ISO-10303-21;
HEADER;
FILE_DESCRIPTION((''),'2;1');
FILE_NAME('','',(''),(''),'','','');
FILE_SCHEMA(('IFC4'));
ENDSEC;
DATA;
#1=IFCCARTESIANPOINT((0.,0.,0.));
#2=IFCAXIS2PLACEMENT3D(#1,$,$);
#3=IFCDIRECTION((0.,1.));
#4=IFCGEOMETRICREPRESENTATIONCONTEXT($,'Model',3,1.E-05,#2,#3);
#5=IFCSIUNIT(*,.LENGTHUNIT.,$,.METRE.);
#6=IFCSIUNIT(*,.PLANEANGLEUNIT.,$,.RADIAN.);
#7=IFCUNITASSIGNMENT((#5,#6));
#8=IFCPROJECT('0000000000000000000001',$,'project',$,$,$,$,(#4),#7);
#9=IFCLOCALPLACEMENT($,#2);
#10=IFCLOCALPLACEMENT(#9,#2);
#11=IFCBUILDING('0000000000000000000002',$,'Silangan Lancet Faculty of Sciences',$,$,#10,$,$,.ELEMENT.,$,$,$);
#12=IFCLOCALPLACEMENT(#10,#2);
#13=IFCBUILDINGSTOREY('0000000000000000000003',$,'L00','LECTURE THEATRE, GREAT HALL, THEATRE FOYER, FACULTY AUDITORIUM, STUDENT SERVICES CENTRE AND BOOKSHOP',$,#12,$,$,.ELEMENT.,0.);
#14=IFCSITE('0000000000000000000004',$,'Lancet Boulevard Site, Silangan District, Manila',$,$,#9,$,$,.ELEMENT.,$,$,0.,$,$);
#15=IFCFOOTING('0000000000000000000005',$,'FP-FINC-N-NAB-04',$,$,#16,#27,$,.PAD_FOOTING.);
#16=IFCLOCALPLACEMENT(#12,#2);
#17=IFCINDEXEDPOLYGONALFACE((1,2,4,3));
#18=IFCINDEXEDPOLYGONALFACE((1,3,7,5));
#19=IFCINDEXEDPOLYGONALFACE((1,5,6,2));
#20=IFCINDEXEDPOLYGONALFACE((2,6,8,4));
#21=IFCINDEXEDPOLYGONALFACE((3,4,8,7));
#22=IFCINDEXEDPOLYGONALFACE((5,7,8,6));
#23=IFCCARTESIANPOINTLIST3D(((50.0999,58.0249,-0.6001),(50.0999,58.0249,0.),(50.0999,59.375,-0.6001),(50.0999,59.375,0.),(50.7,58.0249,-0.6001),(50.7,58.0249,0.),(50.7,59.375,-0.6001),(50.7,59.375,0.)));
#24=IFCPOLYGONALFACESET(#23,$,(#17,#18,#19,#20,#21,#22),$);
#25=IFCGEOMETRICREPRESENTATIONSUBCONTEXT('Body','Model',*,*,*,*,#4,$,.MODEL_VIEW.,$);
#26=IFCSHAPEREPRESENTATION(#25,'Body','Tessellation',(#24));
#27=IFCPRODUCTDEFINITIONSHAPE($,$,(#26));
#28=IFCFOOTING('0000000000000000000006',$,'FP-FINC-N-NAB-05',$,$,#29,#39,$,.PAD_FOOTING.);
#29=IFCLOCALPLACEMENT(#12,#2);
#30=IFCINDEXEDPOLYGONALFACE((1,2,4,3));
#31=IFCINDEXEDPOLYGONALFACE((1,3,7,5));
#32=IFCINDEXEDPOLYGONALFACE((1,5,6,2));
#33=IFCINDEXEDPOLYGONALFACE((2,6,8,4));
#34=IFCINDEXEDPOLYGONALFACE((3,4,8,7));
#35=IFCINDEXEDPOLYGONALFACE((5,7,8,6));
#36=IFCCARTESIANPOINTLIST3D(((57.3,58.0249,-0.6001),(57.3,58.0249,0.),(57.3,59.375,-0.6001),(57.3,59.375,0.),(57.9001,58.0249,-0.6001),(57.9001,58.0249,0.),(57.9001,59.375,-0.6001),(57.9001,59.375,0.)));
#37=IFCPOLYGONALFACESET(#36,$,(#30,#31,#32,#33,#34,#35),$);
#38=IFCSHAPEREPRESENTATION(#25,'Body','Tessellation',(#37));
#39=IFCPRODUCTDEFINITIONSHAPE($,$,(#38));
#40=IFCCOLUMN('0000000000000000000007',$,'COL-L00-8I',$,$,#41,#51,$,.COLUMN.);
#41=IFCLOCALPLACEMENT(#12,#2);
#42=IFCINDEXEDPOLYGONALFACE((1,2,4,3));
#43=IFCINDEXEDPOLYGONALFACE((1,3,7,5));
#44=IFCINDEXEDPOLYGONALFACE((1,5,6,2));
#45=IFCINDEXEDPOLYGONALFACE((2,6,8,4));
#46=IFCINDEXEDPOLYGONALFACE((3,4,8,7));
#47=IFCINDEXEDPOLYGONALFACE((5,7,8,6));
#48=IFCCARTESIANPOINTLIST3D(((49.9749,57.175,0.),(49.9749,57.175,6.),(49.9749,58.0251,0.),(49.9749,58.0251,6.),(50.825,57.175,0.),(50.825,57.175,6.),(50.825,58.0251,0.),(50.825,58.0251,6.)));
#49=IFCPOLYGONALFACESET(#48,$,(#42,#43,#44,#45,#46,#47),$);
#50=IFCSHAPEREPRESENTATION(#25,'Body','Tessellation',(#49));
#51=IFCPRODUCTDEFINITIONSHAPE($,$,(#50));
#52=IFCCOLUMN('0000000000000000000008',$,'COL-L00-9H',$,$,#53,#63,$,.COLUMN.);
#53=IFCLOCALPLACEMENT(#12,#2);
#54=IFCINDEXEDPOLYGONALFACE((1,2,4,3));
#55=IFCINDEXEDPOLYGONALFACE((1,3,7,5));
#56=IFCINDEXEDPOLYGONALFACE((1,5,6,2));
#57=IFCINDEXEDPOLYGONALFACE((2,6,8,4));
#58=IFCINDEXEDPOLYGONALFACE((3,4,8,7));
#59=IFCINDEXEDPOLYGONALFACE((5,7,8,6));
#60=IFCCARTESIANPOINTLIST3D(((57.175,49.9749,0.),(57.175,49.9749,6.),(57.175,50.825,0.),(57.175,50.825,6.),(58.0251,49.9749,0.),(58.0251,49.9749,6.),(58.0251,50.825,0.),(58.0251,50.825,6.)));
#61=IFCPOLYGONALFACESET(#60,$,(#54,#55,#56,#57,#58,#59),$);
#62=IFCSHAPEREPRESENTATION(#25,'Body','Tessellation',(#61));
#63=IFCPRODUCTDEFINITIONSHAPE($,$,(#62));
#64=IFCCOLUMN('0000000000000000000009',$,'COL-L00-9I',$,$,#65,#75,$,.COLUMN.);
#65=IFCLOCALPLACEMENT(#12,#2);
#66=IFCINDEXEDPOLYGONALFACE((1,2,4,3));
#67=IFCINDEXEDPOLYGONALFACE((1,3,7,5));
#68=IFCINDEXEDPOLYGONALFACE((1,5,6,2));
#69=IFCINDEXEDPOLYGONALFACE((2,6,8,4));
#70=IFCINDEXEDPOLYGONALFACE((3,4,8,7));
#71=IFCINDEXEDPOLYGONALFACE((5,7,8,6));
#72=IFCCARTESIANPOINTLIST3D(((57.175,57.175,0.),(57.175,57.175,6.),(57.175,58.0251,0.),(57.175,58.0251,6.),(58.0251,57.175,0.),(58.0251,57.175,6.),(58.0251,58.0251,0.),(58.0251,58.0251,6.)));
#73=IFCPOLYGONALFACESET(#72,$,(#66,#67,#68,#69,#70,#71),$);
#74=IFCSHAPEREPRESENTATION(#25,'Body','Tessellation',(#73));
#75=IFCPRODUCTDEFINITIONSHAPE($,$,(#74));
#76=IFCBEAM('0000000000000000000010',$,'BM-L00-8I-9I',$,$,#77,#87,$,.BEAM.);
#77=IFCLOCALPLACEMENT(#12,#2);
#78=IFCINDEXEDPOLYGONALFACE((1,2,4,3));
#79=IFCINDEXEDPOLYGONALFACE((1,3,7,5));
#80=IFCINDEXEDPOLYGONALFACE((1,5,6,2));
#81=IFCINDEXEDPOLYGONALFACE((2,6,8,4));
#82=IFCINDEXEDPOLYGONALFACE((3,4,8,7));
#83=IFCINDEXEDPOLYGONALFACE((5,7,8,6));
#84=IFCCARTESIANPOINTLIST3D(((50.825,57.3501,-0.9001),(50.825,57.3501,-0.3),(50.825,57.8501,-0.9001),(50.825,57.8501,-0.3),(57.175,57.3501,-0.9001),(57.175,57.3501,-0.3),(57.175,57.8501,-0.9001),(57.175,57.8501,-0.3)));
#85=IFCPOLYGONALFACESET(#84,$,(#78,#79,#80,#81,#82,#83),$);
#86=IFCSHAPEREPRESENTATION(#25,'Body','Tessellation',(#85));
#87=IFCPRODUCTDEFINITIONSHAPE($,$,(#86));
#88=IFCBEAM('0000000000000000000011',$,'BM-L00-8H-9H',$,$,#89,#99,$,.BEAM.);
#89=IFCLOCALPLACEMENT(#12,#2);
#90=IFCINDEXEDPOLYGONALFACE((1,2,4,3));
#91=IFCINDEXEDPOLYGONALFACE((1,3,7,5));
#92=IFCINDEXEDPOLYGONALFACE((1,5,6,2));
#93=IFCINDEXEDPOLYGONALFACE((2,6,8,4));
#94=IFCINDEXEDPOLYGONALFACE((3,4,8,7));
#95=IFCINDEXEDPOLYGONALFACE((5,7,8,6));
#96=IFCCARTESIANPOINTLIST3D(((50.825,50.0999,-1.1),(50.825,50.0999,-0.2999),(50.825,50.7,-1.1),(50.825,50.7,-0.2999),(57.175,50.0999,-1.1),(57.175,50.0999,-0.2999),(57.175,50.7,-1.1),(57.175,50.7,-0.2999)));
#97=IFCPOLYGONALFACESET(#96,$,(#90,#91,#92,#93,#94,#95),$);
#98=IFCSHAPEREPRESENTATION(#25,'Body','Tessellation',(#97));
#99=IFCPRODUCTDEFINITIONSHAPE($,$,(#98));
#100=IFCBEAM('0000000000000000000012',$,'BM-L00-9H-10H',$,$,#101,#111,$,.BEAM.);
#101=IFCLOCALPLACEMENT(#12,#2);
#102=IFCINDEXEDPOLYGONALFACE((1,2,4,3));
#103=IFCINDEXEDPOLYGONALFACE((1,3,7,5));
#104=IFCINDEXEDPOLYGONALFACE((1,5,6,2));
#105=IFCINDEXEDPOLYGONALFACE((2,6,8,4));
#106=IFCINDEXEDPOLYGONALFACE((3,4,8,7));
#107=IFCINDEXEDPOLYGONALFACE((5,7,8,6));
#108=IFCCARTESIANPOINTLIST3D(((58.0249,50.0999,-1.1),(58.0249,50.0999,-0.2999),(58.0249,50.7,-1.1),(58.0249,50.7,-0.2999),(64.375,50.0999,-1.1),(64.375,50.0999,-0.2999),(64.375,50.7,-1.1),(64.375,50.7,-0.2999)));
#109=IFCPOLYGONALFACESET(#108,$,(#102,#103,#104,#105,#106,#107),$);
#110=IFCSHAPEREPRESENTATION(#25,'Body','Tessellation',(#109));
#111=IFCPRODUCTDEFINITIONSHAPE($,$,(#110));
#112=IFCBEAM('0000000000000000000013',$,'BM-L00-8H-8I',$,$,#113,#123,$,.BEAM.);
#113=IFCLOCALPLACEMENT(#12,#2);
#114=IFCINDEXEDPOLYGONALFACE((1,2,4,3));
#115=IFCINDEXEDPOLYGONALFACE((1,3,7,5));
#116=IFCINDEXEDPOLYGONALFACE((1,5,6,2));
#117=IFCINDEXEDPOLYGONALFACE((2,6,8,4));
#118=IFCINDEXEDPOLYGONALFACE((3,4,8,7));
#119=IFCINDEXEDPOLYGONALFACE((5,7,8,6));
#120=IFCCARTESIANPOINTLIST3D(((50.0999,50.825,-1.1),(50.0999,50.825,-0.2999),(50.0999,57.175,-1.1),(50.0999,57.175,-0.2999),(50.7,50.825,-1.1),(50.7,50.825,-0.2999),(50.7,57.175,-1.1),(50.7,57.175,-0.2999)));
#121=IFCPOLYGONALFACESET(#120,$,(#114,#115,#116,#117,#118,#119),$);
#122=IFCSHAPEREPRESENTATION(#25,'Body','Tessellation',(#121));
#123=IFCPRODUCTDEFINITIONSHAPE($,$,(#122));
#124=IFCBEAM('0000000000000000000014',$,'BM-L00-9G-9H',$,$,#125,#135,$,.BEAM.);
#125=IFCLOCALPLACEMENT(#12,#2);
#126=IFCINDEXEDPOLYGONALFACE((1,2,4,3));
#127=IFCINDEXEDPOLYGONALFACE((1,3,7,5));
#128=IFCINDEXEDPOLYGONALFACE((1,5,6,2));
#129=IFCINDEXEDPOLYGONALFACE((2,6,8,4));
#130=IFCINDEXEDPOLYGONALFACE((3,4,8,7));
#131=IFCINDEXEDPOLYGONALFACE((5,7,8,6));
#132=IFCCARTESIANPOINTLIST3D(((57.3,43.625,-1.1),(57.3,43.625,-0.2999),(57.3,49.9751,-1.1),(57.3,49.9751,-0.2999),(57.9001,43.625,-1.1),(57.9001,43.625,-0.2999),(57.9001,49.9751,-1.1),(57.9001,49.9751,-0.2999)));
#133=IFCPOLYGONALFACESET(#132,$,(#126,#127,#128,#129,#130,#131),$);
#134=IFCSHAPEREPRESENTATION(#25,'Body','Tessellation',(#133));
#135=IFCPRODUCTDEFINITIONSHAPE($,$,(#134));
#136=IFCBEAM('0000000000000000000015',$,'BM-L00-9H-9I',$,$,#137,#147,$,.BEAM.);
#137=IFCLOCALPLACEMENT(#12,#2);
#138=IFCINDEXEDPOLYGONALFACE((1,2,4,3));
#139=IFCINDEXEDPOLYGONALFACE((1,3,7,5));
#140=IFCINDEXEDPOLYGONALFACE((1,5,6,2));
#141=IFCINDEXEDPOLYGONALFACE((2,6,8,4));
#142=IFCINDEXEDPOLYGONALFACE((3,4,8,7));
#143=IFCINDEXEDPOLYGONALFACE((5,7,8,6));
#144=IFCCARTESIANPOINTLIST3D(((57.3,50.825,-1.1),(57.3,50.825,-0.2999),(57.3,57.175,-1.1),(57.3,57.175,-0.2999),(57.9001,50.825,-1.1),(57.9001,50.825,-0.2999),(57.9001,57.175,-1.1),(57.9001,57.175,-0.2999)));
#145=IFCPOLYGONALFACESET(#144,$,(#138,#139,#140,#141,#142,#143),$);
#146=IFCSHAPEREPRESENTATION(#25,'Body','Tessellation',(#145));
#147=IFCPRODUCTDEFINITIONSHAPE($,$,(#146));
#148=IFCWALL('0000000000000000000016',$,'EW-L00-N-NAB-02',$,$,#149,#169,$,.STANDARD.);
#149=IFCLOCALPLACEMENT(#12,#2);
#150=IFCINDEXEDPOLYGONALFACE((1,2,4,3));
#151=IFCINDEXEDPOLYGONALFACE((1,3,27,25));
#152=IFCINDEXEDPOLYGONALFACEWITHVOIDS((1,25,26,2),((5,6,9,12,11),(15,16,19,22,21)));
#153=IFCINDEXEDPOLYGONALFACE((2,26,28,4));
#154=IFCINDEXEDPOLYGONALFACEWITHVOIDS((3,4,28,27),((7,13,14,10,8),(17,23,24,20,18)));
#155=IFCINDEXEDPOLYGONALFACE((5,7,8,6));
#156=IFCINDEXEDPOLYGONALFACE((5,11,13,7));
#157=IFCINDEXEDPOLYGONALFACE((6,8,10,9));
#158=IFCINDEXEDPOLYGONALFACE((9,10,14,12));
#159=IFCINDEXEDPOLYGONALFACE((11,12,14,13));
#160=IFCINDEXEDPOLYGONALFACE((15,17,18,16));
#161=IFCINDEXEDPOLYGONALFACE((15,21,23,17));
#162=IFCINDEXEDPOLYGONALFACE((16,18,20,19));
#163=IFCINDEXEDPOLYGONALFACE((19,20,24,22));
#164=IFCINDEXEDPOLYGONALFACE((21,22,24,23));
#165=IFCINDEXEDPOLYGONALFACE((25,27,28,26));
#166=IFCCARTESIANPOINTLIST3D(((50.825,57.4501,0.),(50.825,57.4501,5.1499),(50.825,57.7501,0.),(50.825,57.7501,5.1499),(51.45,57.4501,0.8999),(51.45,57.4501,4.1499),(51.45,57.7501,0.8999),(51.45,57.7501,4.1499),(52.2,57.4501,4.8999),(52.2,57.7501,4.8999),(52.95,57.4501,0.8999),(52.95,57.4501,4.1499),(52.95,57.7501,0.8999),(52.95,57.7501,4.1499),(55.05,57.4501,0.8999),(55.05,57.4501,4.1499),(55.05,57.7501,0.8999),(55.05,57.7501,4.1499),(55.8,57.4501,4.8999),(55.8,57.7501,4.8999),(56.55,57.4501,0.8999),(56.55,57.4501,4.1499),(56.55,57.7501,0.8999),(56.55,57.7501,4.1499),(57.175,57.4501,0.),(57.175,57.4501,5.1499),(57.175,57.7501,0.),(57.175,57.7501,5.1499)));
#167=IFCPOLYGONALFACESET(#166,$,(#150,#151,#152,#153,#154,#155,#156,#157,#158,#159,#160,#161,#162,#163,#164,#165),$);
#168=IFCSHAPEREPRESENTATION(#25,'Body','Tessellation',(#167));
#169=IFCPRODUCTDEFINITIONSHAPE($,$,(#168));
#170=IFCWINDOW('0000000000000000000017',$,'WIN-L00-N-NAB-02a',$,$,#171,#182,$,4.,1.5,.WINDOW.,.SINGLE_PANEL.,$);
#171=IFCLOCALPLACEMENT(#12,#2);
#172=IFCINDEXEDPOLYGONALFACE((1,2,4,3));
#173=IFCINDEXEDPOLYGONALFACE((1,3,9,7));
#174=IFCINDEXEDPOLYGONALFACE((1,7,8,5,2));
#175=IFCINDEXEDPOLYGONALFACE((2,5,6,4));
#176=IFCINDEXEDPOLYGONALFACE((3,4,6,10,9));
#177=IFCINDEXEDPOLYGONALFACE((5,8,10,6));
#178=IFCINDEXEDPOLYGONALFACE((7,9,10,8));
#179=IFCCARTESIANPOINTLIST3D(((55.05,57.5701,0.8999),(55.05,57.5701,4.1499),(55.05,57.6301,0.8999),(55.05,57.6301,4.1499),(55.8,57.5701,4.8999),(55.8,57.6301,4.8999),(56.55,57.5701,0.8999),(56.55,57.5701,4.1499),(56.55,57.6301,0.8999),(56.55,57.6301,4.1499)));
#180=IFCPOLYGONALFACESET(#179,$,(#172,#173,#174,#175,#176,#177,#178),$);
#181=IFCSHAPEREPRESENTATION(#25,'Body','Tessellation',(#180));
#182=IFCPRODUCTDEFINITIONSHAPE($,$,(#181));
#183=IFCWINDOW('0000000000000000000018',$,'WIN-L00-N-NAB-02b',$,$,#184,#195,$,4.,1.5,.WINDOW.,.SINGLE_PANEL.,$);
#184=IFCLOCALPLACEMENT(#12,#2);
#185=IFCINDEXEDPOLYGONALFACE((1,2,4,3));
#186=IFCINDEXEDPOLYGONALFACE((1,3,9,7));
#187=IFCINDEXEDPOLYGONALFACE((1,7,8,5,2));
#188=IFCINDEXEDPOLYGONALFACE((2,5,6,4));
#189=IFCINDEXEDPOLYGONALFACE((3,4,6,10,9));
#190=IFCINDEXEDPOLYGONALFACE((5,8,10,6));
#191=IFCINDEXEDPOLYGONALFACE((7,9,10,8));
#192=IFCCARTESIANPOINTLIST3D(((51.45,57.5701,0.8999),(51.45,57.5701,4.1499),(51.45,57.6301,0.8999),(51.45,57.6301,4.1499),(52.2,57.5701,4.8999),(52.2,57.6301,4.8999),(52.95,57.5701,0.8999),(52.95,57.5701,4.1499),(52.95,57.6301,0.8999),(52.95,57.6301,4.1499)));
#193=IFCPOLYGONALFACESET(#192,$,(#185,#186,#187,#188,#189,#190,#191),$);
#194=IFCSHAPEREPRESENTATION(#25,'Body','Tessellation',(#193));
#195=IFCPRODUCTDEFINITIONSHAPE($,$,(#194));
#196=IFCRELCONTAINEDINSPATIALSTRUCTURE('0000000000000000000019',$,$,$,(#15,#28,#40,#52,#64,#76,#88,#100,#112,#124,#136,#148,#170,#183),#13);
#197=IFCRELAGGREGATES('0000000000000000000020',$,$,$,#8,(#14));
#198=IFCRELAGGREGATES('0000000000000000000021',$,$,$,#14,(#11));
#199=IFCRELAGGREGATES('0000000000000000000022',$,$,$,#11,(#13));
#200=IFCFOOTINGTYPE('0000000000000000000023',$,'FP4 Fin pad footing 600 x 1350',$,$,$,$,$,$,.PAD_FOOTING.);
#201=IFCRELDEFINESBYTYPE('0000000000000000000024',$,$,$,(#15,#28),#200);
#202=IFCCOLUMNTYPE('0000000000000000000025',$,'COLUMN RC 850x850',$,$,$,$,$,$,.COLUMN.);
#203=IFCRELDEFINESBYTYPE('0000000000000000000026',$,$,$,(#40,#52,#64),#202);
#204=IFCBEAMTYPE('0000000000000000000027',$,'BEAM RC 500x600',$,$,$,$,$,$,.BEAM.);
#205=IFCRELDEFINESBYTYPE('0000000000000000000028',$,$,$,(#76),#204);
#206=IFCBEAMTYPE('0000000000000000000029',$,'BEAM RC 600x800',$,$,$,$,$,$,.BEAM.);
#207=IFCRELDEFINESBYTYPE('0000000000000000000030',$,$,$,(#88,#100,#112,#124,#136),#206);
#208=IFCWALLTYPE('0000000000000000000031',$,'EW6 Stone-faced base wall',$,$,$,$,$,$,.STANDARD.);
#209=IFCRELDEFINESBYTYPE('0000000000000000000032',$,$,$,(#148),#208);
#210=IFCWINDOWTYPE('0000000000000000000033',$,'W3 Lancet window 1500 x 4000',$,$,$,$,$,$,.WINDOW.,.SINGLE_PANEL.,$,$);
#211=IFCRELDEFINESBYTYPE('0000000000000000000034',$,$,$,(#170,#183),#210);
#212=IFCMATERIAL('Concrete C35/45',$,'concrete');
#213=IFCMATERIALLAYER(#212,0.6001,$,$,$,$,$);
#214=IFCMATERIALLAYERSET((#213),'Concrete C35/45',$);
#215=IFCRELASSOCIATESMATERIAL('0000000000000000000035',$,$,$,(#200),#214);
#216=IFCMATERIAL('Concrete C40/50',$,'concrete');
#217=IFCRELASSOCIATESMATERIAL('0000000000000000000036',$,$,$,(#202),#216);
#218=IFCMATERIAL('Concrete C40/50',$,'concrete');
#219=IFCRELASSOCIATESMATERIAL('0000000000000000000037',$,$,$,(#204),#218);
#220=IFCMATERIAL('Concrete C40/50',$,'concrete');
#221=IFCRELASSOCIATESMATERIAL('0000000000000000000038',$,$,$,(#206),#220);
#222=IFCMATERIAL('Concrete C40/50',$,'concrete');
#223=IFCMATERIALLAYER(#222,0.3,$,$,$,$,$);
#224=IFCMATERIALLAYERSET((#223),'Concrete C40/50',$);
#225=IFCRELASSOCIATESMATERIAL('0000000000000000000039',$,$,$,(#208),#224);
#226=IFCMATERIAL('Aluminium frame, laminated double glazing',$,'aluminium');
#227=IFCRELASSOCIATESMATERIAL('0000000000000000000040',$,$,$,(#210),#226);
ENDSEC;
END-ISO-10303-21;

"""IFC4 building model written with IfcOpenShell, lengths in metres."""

from ifc_helpers import new_model, si_unit, direction, frame, frame_2d, origin, origin_2d, place, context, subcontext, project, spatial, polyline, rectangle, outline, extrude, material, layer, layer_set, material_profile, profile_set, type_object, element, fill, save


model = new_model("IFC4")

# Units and contexts
model_context = context("Model", 3, precision=1e-05, world=origin(), true_north=direction((0.0, 1.0)))
body_context = subcontext(model_context, "Body", "Model", "MODEL_VIEW")
ifc_project = project(units=[si_unit("LENGTHUNIT", "METRE"), si_unit("PLANEANGLEUNIT", "RADIAN")], contexts=[model_context])

# Site, building, storey
site_placement = place(None, origin())
site = spatial("IfcSite", under=ifc_project, at=site_placement, Name="Lancet Boulevard Site, Silangan District, Manila", CompositionType="ELEMENT", RefElevation=0.0)
building_placement = place(site_placement, origin())
building = spatial("IfcBuilding", under=site, at=building_placement, Name="Silangan Lancet Faculty of Sciences", CompositionType="ELEMENT")
storey_placement = place(building_placement, origin())
storey = spatial("IfcBuildingStorey", under=building, at=storey_placement, Name="L00", Description="LECTURE THEATRE, GREAT HALL, THEATRE FOYER, FACULTY AUDITORIUM, STUDENT SERVICES CENTRE AND BOOKSHOP", CompositionType="ELEMENT", Elevation=0.0)

# Footings
ifc_material_1 = material(Name="Concrete C35/45", Category="concrete")
ifc_layer_1 = layer(ifc_material_1, 0.6001)
ifc_layer_set_1 = layer_set([ifc_layer_1], Name="Concrete C35/45")
footing_type = type_object("IfcFootingType", Name="FP4 Fin pad footing 600 x 1350", PredefinedType="PAD_FOOTING", material=ifc_layer_set_1)
for number, where, z_axis, x_axis, name in (
    (1, (50.3999, 58.7, -0.6001), (0.0, 0.0, 1.0), (1.0, 0.0, 0.0), "FP-FINC-N-NAB-04"),
    (2, (57.6001, 58.7, -0.6001), (0.0, 0.0, 1.0), (1.0, 0.0, 0.0), "FP-FINC-N-NAB-05"),
):
    element("IfcFooting", number, at=place(storey_placement, frame(where, z_axis=z_axis, x_axis=x_axis)), inside=storey, type_object=footing_type, Name=name, PredefinedType="PAD_FOOTING", context=body_context, shape_type="SweptSolid", body=[
        extrude(rectangle(XDim=0.6001, YDim=1.3501, at=origin_2d()), origin(), (0.0, 0.0, 1.0), 0.6001),
    ])

# Columns
ifc_material_2 = material(Name="Concrete C40/50", Category="concrete")
ifc_material_profile_1 = material_profile(ifc_material_2, rectangle(XDim=0.8501, YDim=0.8501, at=origin_2d()), Name="RC 850x850")
ifc_profile_set_1 = profile_set([ifc_material_profile_1], Name="Concrete C40/50")
column_type = type_object("IfcColumnType", Name="COLUMN RC 850x850", PredefinedType="COLUMN", material=ifc_profile_set_1)
for number, where, z_axis, x_axis, name in (
    (3, (50.3999, 57.6001, 0.0), (0.0, 0.0, 1.0), (1.0, 0.0, 0.0), "COL-L00-8I"),
    (4, (57.6001, 50.3999, 0.0), (0.0, 0.0, 1.0), (1.0, 0.0, 0.0), "COL-L00-9H"),
    (5, (57.6001, 57.6001, 0.0), (0.0, 0.0, 1.0), (1.0, 0.0, 0.0), "COL-L00-9I"),
):
    element("IfcColumn", number, at=place(storey_placement, frame(where, z_axis=z_axis, x_axis=x_axis)), inside=storey, type_object=column_type, Name=name, PredefinedType="COLUMN", context=body_context, shape_type="SweptSolid", body=[
        extrude(rectangle(XDim=0.8501, YDim=0.8501, at=origin_2d()), origin(), (0.0, 0.0, 1.0), 6.0),
    ])

# Beams
ifc_material_3 = material(Name="Concrete C40/50", Category="concrete")
ifc_material_profile_2 = material_profile(ifc_material_3, rectangle(XDim=0.5, YDim=0.6001, at=origin_2d()), Name="RC 500x600")
ifc_profile_set_2 = profile_set([ifc_material_profile_2], Name="Concrete C40/50")
beam_type_1 = type_object("IfcBeamType", Name="BEAM RC 500x600", PredefinedType="BEAM", material=ifc_profile_set_2)
beam_placement = place(storey_placement, frame((50.825, 57.6001, -0.6001), z_axis=(1.0, 0.0, 0.0), x_axis=(0.0, 1.0, 0.0)))
element("IfcBeam", 6, at=beam_placement, inside=storey, type_object=beam_type_1, Name="BM-L00-8I-9I", PredefinedType="BEAM", context=body_context, shape_type="SweptSolid", body=[
    extrude(rectangle(XDim=0.5, YDim=0.6001, at=origin_2d()), origin(), (0.0, 0.0, 1.0), 6.3501),
])
ifc_material_4 = material(Name="Concrete C40/50", Category="concrete")
ifc_material_profile_3 = material_profile(ifc_material_4, rectangle(XDim=0.6001, YDim=0.8, at=origin_2d()), Name="RC 600x800")
ifc_profile_set_3 = profile_set([ifc_material_profile_3], Name="Concrete C40/50")
beam_type_2 = type_object("IfcBeamType", Name="BEAM RC 600x800", PredefinedType="BEAM", material=ifc_profile_set_3)
for number, where, z_axis, x_axis, name in (
    (7, (50.825, 50.3999, -0.7), (1.0, 0.0, 0.0), (0.0, 1.0, 0.0), "BM-L00-8H-9H"),
    (8, (58.0249, 50.3999, -0.7), (1.0, 0.0, 0.0), (0.0, 1.0, 0.0), "BM-L00-9H-10H"),
    (9, (50.3999, 50.825, -0.7), (0.0, 1.0, 0.0), (-1.0, 0.0, 0.0), "BM-L00-8H-8I"),
    (10, (57.6001, 43.625, -0.7), (0.0, 1.0, 0.0), (-1.0, 0.0, 0.0), "BM-L00-9G-9H"),
    (11, (57.6001, 50.825, -0.7), (0.0, 1.0, 0.0), (-1.0, 0.0, 0.0), "BM-L00-9H-9I"),
):
    element("IfcBeam", number, at=place(storey_placement, frame(where, z_axis=z_axis, x_axis=x_axis)), inside=storey, type_object=beam_type_2, Name=name, PredefinedType="BEAM", context=body_context, shape_type="SweptSolid", body=[
        extrude(rectangle(XDim=0.6001, YDim=0.8, at=origin_2d()), origin(), (0.0, 0.0, 1.0), 6.3501),
    ])

# Wall, openings, windows
ifc_material_5 = material(Name="Concrete C40/50", Category="concrete")
ifc_layer_2 = layer(ifc_material_5, 0.3)
ifc_layer_set_2 = layer_set([ifc_layer_2], Name="Concrete C40/50")
wall_type_1 = type_object("IfcWallType", Name="EW6 Stone-faced base wall", PredefinedType="STANDARD", material=ifc_layer_set_2)
wall_1_placement = place(storey_placement, frame((57.175, 57.6001, 0.0), z_axis=(0.0, 0.0, 1.0), x_axis=(-1.0, 0.0, 0.0)))
wall_1 = element("IfcWall", 12, at=wall_1_placement, inside=storey, type_object=wall_type_1, Name="EW-L00-N-NAB-02", PredefinedType="STANDARD", context=body_context, shape_type="SweptSolid", body=[
    extrude(rectangle(XDim=6.3501, YDim=0.3, at=frame_2d((3.175, 0.0))), origin(), (0.0, 0.0, 1.0), 5.1499),
])
opening_1_placement = place(wall_1_placement, frame((0.625, 0.0, 0.8999)))
opening_1 = element("IfcOpeningElement", 13, at=opening_1_placement, cuts=wall_1, PredefinedType="OPENING", context=body_context, shape_type="SweptSolid", body=[
    extrude(outline(polyline([(0.0, 0.0), (1.5, 0.0), (1.5, 3.25), (0.75, 4.0), (0.0, 3.25), (0.0, 0.0)])), frame((0.0, 0.1599, 0.0), z_axis=(0.0, -1.0, 0.0), x_axis=(1.0, 0.0, 0.0)), (0.0, 0.0, 1.0), 0.3201),
])
opening_2_placement = place(wall_1_placement, frame((4.2251, 0.0, 0.8999)))
opening_2 = element("IfcOpeningElement", 14, at=opening_2_placement, cuts=wall_1, PredefinedType="OPENING", context=body_context, shape_type="SweptSolid", body=[
    extrude(outline(polyline([(0.0, 0.0), (1.5, 0.0), (1.5, 3.25), (0.75, 4.0), (0.0, 3.25), (0.0, 0.0)])), frame((0.0, 0.1599, 0.0), z_axis=(0.0, -1.0, 0.0), x_axis=(1.0, 0.0, 0.0)), (0.0, 0.0, 1.0), 0.3201),
])
ifc_material_6 = material(Name="Aluminium frame, laminated double glazing", Category="aluminium")
window_type = type_object("IfcWindowType", Name="W3 Lancet window 1500 x 4000", PartitioningType="SINGLE_PANEL", PredefinedType="WINDOW", material=ifc_material_6)
window_1_placement = place(opening_1_placement, origin())
window_1 = element("IfcWindow", 15, at=window_1_placement, inside=storey, type_object=window_type, Name="WIN-L00-N-NAB-02a", OverallHeight=4.0, OverallWidth=1.5, PartitioningType="SINGLE_PANEL", PredefinedType="WINDOW", context=body_context, shape_type="SweptSolid", body=[
    extrude(outline(polyline([(0.0, 0.0), (1.5, 0.0), (1.5, 3.25), (0.75, 4.0), (0.0, 3.25), (0.0, 0.0)])), frame((0.0, 0.03, 0.0), z_axis=(0.0, -1.0, 0.0), x_axis=(1.0, 0.0, 0.0)), (0.0, 0.0, 1.0), 0.0601),
])
fill(opening_1, window_1)
window_2_placement = place(opening_2_placement, origin())
window_2 = element("IfcWindow", 16, at=window_2_placement, inside=storey, type_object=window_type, Name="WIN-L00-N-NAB-02b", OverallHeight=4.0, OverallWidth=1.5, PartitioningType="SINGLE_PANEL", PredefinedType="WINDOW", context=body_context, shape_type="SweptSolid", body=[
    extrude(outline(polyline([(0.0, 0.0), (1.5, 0.0), (1.5, 3.25), (0.75, 4.0), (0.0, 3.25), (0.0, 0.0)])), frame((0.0, 0.03, 0.0), z_axis=(0.0, -1.0, 0.0), x_axis=(1.0, 0.0, 0.0)), (0.0, 0.0, 1.0), 0.0601),
])
fill(opening_2, window_2)

save(model, "model.ifc")
